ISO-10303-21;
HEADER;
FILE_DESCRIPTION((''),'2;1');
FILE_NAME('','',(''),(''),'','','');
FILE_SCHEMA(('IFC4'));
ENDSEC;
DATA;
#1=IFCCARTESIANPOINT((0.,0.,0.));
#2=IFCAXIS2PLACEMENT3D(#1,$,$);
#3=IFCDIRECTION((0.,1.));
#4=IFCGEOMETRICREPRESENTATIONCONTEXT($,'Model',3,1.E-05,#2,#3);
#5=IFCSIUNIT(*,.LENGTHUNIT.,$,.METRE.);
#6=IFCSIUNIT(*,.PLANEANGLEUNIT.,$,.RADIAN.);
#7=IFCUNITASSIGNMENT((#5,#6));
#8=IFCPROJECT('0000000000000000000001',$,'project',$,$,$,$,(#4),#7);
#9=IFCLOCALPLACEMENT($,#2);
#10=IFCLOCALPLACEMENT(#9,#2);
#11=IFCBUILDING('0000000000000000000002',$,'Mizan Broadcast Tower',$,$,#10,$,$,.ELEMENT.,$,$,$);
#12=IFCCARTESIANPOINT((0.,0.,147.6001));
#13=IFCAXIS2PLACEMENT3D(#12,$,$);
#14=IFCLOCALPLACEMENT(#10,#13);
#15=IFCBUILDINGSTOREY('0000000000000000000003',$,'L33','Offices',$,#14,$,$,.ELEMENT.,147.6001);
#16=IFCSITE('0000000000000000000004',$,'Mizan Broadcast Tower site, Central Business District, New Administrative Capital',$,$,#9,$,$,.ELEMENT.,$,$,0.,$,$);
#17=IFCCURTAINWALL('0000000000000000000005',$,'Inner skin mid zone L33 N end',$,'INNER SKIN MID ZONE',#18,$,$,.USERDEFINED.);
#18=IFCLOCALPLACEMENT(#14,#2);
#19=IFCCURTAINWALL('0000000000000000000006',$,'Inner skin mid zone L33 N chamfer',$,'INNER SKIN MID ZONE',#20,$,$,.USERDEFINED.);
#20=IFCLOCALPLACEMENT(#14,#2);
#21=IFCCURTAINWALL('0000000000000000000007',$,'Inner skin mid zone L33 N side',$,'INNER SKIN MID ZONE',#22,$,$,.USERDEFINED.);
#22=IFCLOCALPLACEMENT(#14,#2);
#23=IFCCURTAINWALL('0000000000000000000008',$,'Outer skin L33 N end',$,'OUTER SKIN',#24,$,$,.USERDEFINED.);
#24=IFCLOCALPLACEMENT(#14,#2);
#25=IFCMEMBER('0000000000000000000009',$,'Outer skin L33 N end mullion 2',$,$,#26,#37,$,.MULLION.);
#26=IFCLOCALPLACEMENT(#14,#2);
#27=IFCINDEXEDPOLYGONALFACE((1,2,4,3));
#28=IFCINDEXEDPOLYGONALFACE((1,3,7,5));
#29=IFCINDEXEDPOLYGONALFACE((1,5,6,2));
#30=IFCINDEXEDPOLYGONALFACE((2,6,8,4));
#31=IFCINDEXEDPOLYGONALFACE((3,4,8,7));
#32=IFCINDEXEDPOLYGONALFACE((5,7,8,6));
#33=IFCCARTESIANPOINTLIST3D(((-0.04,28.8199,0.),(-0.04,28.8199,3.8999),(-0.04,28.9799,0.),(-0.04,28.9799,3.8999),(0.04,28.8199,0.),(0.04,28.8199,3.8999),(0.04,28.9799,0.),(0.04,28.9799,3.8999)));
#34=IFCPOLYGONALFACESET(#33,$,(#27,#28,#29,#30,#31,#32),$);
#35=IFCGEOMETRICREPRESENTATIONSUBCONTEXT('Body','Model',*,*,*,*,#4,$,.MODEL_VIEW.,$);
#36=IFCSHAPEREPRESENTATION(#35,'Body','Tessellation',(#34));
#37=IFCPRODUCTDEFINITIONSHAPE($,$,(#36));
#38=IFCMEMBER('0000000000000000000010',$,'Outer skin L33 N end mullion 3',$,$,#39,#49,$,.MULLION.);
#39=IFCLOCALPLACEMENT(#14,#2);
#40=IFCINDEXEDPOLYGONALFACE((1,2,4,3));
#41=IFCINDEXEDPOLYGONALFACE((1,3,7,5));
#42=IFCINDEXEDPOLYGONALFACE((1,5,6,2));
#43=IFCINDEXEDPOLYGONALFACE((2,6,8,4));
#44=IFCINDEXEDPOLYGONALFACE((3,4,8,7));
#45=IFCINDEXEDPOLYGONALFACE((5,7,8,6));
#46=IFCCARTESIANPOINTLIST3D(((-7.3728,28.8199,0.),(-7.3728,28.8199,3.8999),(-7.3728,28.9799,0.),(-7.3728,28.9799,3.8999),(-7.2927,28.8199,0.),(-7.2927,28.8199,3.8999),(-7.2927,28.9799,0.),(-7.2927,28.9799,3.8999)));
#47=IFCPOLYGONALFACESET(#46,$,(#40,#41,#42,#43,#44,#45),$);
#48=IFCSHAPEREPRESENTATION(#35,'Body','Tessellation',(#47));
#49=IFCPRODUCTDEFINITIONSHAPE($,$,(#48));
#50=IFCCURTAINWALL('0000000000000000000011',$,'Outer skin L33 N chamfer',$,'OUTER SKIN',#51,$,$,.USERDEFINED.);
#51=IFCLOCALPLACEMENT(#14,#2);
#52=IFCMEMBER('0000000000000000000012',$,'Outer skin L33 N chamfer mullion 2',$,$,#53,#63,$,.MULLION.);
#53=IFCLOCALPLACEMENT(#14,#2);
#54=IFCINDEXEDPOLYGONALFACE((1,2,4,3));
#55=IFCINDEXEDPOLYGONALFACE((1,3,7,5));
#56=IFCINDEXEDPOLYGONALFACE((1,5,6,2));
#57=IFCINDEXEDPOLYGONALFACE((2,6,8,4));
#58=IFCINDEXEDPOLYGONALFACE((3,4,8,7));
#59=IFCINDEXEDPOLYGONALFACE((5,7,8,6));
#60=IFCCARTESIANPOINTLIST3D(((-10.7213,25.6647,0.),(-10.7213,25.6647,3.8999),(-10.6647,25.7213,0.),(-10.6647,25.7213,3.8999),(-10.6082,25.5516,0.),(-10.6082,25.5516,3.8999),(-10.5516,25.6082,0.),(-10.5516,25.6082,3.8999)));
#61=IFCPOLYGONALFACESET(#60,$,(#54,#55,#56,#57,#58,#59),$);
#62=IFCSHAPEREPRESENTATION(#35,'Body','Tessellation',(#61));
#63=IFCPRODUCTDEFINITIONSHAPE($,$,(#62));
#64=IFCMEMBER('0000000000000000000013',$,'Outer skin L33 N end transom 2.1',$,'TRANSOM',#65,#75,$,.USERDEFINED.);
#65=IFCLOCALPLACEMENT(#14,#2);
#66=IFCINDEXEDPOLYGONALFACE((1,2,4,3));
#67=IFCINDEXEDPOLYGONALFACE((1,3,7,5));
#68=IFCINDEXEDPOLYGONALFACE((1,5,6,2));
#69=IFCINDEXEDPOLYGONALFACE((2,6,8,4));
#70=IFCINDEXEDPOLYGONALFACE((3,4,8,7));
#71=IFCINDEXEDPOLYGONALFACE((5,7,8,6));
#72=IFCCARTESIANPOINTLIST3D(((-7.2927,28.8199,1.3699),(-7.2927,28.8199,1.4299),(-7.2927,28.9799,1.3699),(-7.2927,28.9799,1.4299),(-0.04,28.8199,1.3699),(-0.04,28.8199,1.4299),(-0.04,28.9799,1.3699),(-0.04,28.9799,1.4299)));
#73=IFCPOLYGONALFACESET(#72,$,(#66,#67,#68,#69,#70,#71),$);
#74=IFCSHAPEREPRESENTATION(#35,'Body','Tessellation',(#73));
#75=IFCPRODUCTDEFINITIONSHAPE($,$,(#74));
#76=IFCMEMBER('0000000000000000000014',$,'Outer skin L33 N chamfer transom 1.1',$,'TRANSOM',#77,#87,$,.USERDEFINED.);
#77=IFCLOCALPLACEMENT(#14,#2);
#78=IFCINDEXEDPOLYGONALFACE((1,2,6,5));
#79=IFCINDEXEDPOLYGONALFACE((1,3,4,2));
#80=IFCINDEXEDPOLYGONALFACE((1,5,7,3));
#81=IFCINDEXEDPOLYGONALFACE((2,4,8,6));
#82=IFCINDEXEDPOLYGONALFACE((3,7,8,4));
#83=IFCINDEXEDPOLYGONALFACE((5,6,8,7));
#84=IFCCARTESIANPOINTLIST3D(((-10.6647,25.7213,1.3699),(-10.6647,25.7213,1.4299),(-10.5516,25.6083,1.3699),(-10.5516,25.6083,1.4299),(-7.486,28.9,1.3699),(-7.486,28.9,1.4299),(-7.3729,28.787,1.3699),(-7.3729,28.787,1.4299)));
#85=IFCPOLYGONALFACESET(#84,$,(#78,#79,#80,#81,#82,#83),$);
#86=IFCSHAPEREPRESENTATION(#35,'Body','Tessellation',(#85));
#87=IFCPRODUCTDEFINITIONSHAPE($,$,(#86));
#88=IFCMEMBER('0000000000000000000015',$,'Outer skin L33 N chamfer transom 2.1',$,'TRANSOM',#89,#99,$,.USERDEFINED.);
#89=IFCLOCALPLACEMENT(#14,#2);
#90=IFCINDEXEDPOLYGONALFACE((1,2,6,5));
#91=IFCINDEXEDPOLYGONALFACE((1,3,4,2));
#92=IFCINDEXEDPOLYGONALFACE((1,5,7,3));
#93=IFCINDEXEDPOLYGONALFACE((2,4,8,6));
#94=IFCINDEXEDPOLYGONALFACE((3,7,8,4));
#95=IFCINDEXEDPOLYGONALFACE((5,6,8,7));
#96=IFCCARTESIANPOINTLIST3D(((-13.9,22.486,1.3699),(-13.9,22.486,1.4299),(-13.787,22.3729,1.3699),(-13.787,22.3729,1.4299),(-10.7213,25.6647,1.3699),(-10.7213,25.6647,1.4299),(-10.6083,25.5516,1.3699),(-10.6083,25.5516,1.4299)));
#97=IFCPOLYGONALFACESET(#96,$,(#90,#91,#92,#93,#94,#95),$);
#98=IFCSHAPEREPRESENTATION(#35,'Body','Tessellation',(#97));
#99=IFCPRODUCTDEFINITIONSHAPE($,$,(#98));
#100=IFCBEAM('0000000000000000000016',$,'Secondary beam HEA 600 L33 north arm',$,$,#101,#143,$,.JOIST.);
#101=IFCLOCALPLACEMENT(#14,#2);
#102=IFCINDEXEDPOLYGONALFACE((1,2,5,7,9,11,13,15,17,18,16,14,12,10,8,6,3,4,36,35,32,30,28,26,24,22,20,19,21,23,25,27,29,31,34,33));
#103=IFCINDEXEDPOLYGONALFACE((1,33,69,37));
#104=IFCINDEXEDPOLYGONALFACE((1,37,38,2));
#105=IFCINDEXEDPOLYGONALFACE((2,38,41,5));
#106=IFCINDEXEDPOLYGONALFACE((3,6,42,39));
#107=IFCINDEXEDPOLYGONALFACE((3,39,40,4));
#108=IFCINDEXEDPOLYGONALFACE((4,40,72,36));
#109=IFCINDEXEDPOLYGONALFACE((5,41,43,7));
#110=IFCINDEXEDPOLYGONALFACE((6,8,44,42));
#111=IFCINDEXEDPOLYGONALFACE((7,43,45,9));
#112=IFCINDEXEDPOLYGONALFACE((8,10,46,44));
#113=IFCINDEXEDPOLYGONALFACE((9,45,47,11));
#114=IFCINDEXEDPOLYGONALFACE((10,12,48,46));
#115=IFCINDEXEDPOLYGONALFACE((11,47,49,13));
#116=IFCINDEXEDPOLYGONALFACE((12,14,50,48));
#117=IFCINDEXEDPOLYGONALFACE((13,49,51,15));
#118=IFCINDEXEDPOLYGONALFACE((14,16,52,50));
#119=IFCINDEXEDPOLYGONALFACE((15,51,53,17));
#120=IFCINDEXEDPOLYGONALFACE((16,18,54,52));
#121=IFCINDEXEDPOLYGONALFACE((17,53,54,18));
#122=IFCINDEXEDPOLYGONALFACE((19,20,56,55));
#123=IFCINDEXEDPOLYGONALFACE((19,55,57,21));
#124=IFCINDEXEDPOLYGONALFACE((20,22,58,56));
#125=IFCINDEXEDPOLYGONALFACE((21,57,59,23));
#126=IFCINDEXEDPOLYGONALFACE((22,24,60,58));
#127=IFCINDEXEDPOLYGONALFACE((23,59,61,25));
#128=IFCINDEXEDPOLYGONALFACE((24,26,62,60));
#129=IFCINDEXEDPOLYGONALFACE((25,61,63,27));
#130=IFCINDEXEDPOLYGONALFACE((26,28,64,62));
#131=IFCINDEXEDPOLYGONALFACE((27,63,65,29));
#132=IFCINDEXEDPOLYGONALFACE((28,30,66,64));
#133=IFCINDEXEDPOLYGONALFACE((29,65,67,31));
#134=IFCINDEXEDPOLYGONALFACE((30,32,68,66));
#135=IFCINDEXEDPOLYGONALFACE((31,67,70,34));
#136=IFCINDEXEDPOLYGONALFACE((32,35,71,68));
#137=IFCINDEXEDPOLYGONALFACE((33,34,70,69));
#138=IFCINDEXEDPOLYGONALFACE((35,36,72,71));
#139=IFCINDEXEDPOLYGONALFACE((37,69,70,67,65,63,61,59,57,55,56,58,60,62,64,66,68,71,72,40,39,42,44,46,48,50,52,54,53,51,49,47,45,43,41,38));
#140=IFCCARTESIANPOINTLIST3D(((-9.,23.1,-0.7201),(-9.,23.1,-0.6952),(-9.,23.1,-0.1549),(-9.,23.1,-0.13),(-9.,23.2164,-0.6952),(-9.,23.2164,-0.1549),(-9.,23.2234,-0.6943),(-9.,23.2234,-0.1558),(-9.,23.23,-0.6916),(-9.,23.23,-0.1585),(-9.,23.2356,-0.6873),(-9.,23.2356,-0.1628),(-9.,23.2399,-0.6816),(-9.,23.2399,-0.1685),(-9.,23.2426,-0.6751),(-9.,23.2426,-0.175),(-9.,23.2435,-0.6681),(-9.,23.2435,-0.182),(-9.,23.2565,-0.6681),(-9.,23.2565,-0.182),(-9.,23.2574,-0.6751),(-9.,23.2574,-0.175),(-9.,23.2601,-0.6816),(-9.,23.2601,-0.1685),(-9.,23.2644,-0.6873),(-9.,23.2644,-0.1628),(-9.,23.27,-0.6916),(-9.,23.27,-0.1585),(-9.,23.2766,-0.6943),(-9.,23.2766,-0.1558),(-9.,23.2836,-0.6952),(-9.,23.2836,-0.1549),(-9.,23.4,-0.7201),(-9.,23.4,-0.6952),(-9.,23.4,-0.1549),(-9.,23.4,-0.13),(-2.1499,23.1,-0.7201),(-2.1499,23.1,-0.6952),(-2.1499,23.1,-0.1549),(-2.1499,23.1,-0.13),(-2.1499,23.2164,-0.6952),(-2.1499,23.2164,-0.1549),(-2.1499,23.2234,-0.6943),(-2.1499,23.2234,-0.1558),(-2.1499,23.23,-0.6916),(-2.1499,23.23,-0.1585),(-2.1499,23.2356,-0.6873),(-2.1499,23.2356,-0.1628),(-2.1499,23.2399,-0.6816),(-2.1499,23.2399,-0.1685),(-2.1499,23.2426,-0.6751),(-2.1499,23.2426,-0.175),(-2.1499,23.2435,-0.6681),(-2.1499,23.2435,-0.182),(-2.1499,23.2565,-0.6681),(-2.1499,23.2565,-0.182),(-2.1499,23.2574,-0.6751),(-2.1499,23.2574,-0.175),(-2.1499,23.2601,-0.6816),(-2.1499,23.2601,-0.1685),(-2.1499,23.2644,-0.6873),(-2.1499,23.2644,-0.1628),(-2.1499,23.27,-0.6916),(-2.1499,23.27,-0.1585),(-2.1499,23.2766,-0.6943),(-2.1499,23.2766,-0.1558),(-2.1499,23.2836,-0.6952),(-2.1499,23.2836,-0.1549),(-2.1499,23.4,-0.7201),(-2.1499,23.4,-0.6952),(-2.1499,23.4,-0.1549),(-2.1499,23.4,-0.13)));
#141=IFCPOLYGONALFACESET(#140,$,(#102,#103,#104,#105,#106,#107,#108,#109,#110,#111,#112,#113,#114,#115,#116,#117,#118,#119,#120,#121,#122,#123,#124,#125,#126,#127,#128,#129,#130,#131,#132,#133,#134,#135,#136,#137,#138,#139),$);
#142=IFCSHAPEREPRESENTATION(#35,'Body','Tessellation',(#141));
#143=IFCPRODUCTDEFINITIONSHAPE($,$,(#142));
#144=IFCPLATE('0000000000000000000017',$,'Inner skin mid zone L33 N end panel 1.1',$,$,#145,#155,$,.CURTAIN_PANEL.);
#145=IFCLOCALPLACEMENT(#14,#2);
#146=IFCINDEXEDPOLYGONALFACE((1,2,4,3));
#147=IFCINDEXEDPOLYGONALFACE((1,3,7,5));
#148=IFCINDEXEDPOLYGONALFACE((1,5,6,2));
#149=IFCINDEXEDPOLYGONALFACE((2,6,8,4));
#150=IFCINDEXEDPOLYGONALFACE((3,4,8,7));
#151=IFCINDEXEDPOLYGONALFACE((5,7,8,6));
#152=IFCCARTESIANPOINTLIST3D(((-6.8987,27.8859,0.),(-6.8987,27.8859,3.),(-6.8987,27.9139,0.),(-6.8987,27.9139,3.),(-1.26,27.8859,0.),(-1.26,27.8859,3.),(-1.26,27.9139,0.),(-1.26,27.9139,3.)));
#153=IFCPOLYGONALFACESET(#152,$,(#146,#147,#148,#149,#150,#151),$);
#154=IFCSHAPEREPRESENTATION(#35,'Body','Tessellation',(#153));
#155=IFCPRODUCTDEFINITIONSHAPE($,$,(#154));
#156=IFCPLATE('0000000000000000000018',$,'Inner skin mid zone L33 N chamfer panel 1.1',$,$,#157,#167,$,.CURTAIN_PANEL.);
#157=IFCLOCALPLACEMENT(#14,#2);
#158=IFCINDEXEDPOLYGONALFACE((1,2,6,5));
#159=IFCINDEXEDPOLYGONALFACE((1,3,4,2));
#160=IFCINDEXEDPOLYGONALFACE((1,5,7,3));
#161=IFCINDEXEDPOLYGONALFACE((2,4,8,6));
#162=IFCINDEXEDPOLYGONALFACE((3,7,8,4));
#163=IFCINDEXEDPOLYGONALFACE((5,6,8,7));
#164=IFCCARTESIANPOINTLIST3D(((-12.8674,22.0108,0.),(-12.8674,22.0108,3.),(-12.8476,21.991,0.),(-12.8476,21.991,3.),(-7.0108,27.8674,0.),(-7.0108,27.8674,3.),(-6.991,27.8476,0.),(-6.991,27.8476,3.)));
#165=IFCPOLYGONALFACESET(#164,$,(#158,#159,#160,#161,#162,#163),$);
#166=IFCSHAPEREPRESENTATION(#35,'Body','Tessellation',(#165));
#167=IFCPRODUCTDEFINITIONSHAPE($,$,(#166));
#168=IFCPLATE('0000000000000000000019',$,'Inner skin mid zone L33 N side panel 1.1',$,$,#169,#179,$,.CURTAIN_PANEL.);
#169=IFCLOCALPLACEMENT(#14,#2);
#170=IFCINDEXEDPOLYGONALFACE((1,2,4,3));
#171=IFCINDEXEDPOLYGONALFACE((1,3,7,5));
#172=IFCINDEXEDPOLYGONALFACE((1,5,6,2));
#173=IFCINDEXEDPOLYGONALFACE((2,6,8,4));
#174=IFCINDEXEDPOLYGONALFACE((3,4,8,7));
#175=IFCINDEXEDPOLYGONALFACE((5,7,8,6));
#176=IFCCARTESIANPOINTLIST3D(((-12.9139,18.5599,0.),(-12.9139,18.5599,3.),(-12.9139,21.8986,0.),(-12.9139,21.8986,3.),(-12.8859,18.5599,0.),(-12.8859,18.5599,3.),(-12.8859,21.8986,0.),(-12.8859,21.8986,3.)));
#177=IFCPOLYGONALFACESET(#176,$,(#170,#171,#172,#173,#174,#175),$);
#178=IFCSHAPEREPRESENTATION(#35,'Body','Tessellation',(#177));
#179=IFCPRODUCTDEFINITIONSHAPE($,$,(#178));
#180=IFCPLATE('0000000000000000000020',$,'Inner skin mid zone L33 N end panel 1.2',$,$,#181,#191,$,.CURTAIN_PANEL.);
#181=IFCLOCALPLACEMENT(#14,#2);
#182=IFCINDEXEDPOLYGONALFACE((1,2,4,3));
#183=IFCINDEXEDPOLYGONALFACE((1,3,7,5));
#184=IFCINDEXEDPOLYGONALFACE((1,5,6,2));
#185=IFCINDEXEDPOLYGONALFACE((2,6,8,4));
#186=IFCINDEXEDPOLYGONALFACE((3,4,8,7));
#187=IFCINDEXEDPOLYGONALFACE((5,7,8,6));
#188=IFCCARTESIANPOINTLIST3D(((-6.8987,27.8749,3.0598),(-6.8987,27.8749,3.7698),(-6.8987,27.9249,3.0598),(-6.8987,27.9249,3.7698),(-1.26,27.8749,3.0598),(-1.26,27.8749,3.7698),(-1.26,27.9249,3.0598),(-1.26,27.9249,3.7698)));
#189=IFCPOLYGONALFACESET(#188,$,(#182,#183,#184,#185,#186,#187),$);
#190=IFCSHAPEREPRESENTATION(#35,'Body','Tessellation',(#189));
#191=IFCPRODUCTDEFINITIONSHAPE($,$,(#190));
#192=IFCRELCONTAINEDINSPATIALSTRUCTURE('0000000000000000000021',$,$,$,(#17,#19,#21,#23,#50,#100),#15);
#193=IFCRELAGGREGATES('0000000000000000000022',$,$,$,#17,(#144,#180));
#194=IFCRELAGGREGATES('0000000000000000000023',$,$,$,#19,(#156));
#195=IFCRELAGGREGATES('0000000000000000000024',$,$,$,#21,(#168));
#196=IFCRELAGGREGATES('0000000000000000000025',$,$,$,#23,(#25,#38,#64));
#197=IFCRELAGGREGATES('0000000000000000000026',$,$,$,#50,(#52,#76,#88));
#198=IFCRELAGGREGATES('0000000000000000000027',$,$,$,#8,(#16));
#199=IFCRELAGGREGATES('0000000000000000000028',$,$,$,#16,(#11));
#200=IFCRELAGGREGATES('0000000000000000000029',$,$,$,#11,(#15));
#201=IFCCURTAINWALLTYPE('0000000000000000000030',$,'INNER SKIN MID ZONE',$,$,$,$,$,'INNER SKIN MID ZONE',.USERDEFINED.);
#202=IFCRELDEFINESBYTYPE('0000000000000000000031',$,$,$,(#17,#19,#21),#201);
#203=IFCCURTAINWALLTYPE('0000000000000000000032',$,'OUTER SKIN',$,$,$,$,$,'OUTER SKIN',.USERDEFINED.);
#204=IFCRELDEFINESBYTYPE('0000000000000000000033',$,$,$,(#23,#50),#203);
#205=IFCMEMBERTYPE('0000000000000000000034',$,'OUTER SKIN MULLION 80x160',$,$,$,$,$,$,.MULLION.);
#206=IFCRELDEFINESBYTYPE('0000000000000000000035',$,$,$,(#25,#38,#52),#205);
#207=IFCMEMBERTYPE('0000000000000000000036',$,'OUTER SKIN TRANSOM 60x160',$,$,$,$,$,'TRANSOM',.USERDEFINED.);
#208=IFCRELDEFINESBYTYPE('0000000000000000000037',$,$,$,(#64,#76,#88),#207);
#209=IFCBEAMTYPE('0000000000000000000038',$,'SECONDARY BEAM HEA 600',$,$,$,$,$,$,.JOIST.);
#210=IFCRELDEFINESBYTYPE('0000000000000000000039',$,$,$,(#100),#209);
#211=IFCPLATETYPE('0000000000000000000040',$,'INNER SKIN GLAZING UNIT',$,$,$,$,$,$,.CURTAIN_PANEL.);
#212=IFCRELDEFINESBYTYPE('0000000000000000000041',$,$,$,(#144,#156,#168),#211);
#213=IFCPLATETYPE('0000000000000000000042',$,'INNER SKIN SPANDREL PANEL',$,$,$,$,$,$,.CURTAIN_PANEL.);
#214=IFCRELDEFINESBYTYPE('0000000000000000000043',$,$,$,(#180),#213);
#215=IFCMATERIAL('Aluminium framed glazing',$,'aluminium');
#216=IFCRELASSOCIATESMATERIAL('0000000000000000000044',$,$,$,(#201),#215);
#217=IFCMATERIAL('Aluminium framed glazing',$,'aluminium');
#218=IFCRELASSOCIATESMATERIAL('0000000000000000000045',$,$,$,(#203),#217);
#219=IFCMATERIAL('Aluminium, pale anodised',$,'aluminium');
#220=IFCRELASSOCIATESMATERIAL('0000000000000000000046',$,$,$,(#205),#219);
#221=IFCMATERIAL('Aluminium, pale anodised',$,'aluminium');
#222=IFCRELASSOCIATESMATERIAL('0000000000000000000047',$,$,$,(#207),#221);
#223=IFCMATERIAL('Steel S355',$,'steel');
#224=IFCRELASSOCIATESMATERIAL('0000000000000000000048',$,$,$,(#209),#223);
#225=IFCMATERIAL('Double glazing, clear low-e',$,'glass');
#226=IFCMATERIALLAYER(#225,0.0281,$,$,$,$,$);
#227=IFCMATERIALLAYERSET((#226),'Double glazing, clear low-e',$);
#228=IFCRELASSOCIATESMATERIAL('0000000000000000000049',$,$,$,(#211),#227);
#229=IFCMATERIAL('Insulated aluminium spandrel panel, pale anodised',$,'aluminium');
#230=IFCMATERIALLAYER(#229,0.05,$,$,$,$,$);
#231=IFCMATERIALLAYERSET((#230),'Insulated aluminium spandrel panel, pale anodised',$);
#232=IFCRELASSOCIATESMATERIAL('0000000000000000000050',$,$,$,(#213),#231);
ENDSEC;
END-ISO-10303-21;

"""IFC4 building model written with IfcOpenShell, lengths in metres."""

from ifc_helpers import new_model, si_unit, direction, frame, origin, origin_2d, place, context, subcontext, project, spatial, rectangle, i_section, extrude, material, layer, layer_set, material_profile, profile_set, type_object, element, aggregate, save


model = new_model("IFC4")

# Units and contexts
model_context = context("Model", 3, precision=1e-05, world=origin(), true_north=direction((0.0, 1.0)))
body_context = subcontext(model_context, "Body", "Model", "MODEL_VIEW")
ifc_project = project(units=[si_unit("LENGTHUNIT", "METRE"), si_unit("PLANEANGLEUNIT", "RADIAN")], contexts=[model_context])

# Site, building, storey
site_placement = place(None, origin())
site = spatial("IfcSite", under=ifc_project, at=site_placement, Name="Mizan Broadcast Tower site, Central Business District, New Administrative Capital", CompositionType="ELEMENT", RefElevation=0.0)
building_placement = place(site_placement, origin())
building = spatial("IfcBuilding", under=site, at=building_placement, Name="Mizan Broadcast Tower", CompositionType="ELEMENT")
storey_placement = place(building_placement, frame((0.0, 0.0, 147.6001)))
storey = spatial("IfcBuildingStorey", under=building, at=storey_placement, Name="L33", Description="Offices", CompositionType="ELEMENT", Elevation=147.6001)

# Curtain wall
ifc_material_1 = material(Name="Aluminium framed glazing", Category="aluminium")
curtain_wall_type_1 = type_object("IfcCurtainWallType", Name="INNER SKIN MID ZONE", ElementType="INNER SKIN MID ZONE", PredefinedType="USERDEFINED", material=ifc_material_1)
curtain_wall_1_placement = place(storey_placement, origin())
curtain_wall_1 = element("IfcCurtainWall", 1, at=curtain_wall_1_placement, inside=storey, type_object=curtain_wall_type_1, Name="Inner skin mid zone L33 N end", ObjectType="INNER SKIN MID ZONE", PredefinedType="USERDEFINED")

# Curtain wall
curtain_wall_2_placement = place(storey_placement, origin())
curtain_wall_2 = element("IfcCurtainWall", 2, at=curtain_wall_2_placement, inside=storey, type_object=curtain_wall_type_1, Name="Inner skin mid zone L33 N chamfer", ObjectType="INNER SKIN MID ZONE", PredefinedType="USERDEFINED")

# Curtain wall
curtain_wall_3_placement = place(storey_placement, origin())
curtain_wall_3 = element("IfcCurtainWall", 3, at=curtain_wall_3_placement, inside=storey, type_object=curtain_wall_type_1, Name="Inner skin mid zone L33 N side", ObjectType="INNER SKIN MID ZONE", PredefinedType="USERDEFINED")

# Curtain wall, members
ifc_material_2 = material(Name="Aluminium framed glazing", Category="aluminium")
curtain_wall_type_2 = type_object("IfcCurtainWallType", Name="OUTER SKIN", ElementType="OUTER SKIN", PredefinedType="USERDEFINED", material=ifc_material_2)
curtain_wall_4_placement = place(storey_placement, origin())
curtain_wall_4 = element("IfcCurtainWall", 4, at=curtain_wall_4_placement, inside=storey, type_object=curtain_wall_type_2, Name="Outer skin L33 N end", ObjectType="OUTER SKIN", PredefinedType="USERDEFINED")
ifc_material_3 = material(Name="Aluminium, pale anodised", Category="aluminium")
ifc_material_profile_1 = material_profile(ifc_material_3, rectangle(XDim=0.1599, YDim=0.0801, at=origin_2d()), Name="MULLION 160x80")
ifc_profile_set_1 = profile_set([ifc_material_profile_1], Name="Aluminium, pale anodised")
member_type_1 = type_object("IfcMemberType", Name="OUTER SKIN MULLION 80x160", PredefinedType="MULLION", material=ifc_profile_set_1)
member_1_placement = place(storey_placement, frame((0.0, 28.8999, 0.0), z_axis=(0.0, 0.0, 1.0), x_axis=(0.0, -1.0, 0.0)))
member_1 = element("IfcMember", 5, at=member_1_placement, type_object=member_type_1, Name="Outer skin L33 N end mullion 2", PredefinedType="MULLION", context=body_context, shape_type="SweptSolid", body=[
    extrude(rectangle(XDim=0.1599, YDim=0.0801, at=origin_2d()), origin(), (0.0, 0.0, 1.0), 3.8999),
])
member_2_placement = place(storey_placement, frame((-7.3328, 28.8999, 0.0), z_axis=(0.0, 0.0, 1.0), x_axis=(0.0, -1.0, 0.0)))
member_2 = element("IfcMember", 6, at=member_2_placement, type_object=member_type_1, Name="Outer skin L33 N end mullion 3", PredefinedType="MULLION", context=body_context, shape_type="SweptSolid", body=[
    extrude(rectangle(XDim=0.1599, YDim=0.0801, at=origin_2d()), origin(), (0.0, 0.0, 1.0), 3.8999),
])

# Curtain wall, member
curtain_wall_5_placement = place(storey_placement, origin())
curtain_wall_5 = element("IfcCurtainWall", 7, at=curtain_wall_5_placement, inside=storey, type_object=curtain_wall_type_2, Name="Outer skin L33 N chamfer", ObjectType="OUTER SKIN", PredefinedType="USERDEFINED")
member_3_placement = place(storey_placement, frame((-10.6365, 25.6365, 0.0), z_axis=(0.0, 0.0, 1.0), x_axis=(0.707107, -0.707107, 0.0)))
member_3 = element("IfcMember", 8, at=member_3_placement, type_object=member_type_1, Name="Outer skin L33 N chamfer mullion 2", PredefinedType="MULLION", context=body_context, shape_type="SweptSolid", body=[
    extrude(rectangle(XDim=0.1599, YDim=0.0801, at=origin_2d()), origin(), (0.0, 0.0, 1.0), 3.8999),
])

# Members
ifc_material_4 = material(Name="Aluminium, pale anodised", Category="aluminium")
ifc_material_profile_2 = material_profile(ifc_material_4, rectangle(XDim=0.1599, YDim=0.0601, at=origin_2d()), Name="TRANSOM 160x60")
ifc_profile_set_2 = profile_set([ifc_material_profile_2], Name="Aluminium, pale anodised")
member_type_2 = type_object("IfcMemberType", Name="OUTER SKIN TRANSOM 60x160", ElementType="TRANSOM", PredefinedType="USERDEFINED", material=ifc_profile_set_2)
member_4_placement = place(storey_placement, frame((-0.04, 28.8999, 1.3999), z_axis=(-1.0, 0.0, 0.0), x_axis=(0.0, -1.0, 0.0)))
member_4 = element("IfcMember", 9, at=member_4_placement, type_object=member_type_2, Name="Outer skin L33 N end transom 2.1", ObjectType="TRANSOM", PredefinedType="USERDEFINED", context=body_context, shape_type="SweptSolid", body=[
    extrude(rectangle(XDim=0.1599, YDim=0.0601, at=origin_2d()), origin(), (0.0, 0.0, 1.0), 7.2527),
])
member_5_placement = place(storey_placement, frame((-7.4294, 28.8435, 1.3999), z_axis=(-0.707107, -0.707107, 0.0), x_axis=(0.707107, -0.707107, 0.0)))
member_5 = element("IfcMember", 10, at=member_5_placement, type_object=member_type_2, Name="Outer skin L33 N chamfer transom 1.1", ObjectType="TRANSOM", PredefinedType="USERDEFINED", context=body_context, shape_type="SweptSolid", body=[
    extrude(rectangle(XDim=0.1599, YDim=0.0601, at=origin_2d()), origin(), (0.0, 0.0, 1.0), 4.4954),
])
member_6_placement = place(storey_placement, frame((-10.6648, 25.6082, 1.3999), z_axis=(-0.707107, -0.707107, 0.0), x_axis=(0.707107, -0.707107, 0.0)))
member_6 = element("IfcMember", 11, at=member_6_placement, type_object=member_type_2, Name="Outer skin L33 N chamfer transom 2.1", ObjectType="TRANSOM", PredefinedType="USERDEFINED", context=body_context, shape_type="SweptSolid", body=[
    extrude(rectangle(XDim=0.1599, YDim=0.0601, at=origin_2d()), origin(), (0.0, 0.0, 1.0), 4.4954),
])

# Beam
ifc_material_5 = material(Name="Steel S355", Category="steel")
ifc_material_profile_3 = material_profile(ifc_material_5, i_section(OverallWidth=0.3, OverallDepth=0.5901, WebThickness=0.0129, FlangeThickness=0.0249, FilletRadius=0.0271, at=origin_2d()), Name="HEA 600")
ifc_profile_set_3 = profile_set([ifc_material_profile_3], Name="Steel S355")
beam_type_1 = type_object("IfcBeamType", Name="SECONDARY BEAM HEA 600", PredefinedType="JOIST", material=ifc_profile_set_3)
beam_1_placement = place(storey_placement, frame((-9.0, 23.25, -0.425), z_axis=(1.0, 0.0, 0.0), x_axis=(0.0, 1.0, 0.0)))
element("IfcBeam", 12, at=beam_1_placement, inside=storey, type_object=beam_type_1, Name="Secondary beam HEA 600 L33 north arm", PredefinedType="JOIST", context=body_context, shape_type="SweptSolid", body=[
    extrude(i_section(OverallWidth=0.3, OverallDepth=0.5901, WebThickness=0.0129, FlangeThickness=0.0249, FilletRadius=0.0271, at=origin_2d()), origin(), (0.0, 0.0, 1.0), 6.8501),
])

# Plates
ifc_material_6 = material(Name="Double glazing, clear low-e", Category="glass")
ifc_layer_1 = layer(ifc_material_6, 0.0281)
ifc_layer_set_1 = layer_set([ifc_layer_1], Name="Double glazing, clear low-e")
plate_type_1 = type_object("IfcPlateType", Name="INNER SKIN GLAZING UNIT", PredefinedType="CURTAIN_PANEL", material=ifc_layer_set_1)
plate_1_placement = place(storey_placement, frame((-4.0793, 27.8999, 0.0), z_axis=(0.0, 0.0, 1.0), x_axis=(-1.0, 0.0, 0.0)))
plate_1 = element("IfcPlate", 13, at=plate_1_placement, type_object=plate_type_1, Name="Inner skin mid zone L33 N end panel 1.1", PredefinedType="CURTAIN_PANEL", context=body_context, shape_type="SweptSolid", body=[
    extrude(rectangle(XDim=5.6387, YDim=0.0281, at=origin_2d()), origin(), (0.0, 0.0, 1.0), 3.0),
])
plate_2_placement = place(storey_placement, frame((-9.9292, 24.9292, 0.0), z_axis=(0.0, 0.0, 1.0), x_axis=(-0.707107, -0.707107, 0.0)))
plate_2 = element("IfcPlate", 14, at=plate_2_placement, type_object=plate_type_1, Name="Inner skin mid zone L33 N chamfer panel 1.1", PredefinedType="CURTAIN_PANEL", context=body_context, shape_type="SweptSolid", body=[
    extrude(rectangle(XDim=8.2825, YDim=0.0281, at=origin_2d()), origin(), (0.0, 0.0, 1.0), 3.0),
])
plate_3_placement = place(storey_placement, frame((-12.8999, 20.2292, 0.0), z_axis=(0.0, 0.0, 1.0), x_axis=(0.0, -1.0, 0.0)))
plate_3 = element("IfcPlate", 15, at=plate_3_placement, type_object=plate_type_1, Name="Inner skin mid zone L33 N side panel 1.1", PredefinedType="CURTAIN_PANEL", context=body_context, shape_type="SweptSolid", body=[
    extrude(rectangle(XDim=3.3386, YDim=0.0281, at=origin_2d()), origin(), (0.0, 0.0, 1.0), 3.0),
])
ifc_material_7 = material(Name="Insulated aluminium spandrel panel, pale anodised", Category="aluminium")
ifc_layer_2 = layer(ifc_material_7, 0.05)
ifc_layer_set_2 = layer_set([ifc_layer_2], Name="Insulated aluminium spandrel panel, pale anodised")
plate_type_2 = type_object("IfcPlateType", Name="INNER SKIN SPANDREL PANEL", PredefinedType="CURTAIN_PANEL", material=ifc_layer_set_2)
plate_4_placement = place(storey_placement, frame((-4.0793, 27.8999, 3.0598), z_axis=(0.0, 0.0, 1.0), x_axis=(-1.0, 0.0, 0.0)))
plate_4 = element("IfcPlate", 16, at=plate_4_placement, type_object=plate_type_2, Name="Inner skin mid zone L33 N end panel 1.2", PredefinedType="CURTAIN_PANEL", context=body_context, shape_type="SweptSolid", body=[
    extrude(rectangle(XDim=5.6387, YDim=0.05, at=origin_2d()), origin(), (0.0, 0.0, 1.0), 0.71),
])
aggregate(curtain_wall_1, [plate_1, plate_4])
aggregate(curtain_wall_2, [plate_2])
aggregate(curtain_wall_3, [plate_3])
aggregate(curtain_wall_4, [member_1, member_2, member_4])
aggregate(curtain_wall_5, [member_3, member_5, member_6])

save(model, "model.ifc")
